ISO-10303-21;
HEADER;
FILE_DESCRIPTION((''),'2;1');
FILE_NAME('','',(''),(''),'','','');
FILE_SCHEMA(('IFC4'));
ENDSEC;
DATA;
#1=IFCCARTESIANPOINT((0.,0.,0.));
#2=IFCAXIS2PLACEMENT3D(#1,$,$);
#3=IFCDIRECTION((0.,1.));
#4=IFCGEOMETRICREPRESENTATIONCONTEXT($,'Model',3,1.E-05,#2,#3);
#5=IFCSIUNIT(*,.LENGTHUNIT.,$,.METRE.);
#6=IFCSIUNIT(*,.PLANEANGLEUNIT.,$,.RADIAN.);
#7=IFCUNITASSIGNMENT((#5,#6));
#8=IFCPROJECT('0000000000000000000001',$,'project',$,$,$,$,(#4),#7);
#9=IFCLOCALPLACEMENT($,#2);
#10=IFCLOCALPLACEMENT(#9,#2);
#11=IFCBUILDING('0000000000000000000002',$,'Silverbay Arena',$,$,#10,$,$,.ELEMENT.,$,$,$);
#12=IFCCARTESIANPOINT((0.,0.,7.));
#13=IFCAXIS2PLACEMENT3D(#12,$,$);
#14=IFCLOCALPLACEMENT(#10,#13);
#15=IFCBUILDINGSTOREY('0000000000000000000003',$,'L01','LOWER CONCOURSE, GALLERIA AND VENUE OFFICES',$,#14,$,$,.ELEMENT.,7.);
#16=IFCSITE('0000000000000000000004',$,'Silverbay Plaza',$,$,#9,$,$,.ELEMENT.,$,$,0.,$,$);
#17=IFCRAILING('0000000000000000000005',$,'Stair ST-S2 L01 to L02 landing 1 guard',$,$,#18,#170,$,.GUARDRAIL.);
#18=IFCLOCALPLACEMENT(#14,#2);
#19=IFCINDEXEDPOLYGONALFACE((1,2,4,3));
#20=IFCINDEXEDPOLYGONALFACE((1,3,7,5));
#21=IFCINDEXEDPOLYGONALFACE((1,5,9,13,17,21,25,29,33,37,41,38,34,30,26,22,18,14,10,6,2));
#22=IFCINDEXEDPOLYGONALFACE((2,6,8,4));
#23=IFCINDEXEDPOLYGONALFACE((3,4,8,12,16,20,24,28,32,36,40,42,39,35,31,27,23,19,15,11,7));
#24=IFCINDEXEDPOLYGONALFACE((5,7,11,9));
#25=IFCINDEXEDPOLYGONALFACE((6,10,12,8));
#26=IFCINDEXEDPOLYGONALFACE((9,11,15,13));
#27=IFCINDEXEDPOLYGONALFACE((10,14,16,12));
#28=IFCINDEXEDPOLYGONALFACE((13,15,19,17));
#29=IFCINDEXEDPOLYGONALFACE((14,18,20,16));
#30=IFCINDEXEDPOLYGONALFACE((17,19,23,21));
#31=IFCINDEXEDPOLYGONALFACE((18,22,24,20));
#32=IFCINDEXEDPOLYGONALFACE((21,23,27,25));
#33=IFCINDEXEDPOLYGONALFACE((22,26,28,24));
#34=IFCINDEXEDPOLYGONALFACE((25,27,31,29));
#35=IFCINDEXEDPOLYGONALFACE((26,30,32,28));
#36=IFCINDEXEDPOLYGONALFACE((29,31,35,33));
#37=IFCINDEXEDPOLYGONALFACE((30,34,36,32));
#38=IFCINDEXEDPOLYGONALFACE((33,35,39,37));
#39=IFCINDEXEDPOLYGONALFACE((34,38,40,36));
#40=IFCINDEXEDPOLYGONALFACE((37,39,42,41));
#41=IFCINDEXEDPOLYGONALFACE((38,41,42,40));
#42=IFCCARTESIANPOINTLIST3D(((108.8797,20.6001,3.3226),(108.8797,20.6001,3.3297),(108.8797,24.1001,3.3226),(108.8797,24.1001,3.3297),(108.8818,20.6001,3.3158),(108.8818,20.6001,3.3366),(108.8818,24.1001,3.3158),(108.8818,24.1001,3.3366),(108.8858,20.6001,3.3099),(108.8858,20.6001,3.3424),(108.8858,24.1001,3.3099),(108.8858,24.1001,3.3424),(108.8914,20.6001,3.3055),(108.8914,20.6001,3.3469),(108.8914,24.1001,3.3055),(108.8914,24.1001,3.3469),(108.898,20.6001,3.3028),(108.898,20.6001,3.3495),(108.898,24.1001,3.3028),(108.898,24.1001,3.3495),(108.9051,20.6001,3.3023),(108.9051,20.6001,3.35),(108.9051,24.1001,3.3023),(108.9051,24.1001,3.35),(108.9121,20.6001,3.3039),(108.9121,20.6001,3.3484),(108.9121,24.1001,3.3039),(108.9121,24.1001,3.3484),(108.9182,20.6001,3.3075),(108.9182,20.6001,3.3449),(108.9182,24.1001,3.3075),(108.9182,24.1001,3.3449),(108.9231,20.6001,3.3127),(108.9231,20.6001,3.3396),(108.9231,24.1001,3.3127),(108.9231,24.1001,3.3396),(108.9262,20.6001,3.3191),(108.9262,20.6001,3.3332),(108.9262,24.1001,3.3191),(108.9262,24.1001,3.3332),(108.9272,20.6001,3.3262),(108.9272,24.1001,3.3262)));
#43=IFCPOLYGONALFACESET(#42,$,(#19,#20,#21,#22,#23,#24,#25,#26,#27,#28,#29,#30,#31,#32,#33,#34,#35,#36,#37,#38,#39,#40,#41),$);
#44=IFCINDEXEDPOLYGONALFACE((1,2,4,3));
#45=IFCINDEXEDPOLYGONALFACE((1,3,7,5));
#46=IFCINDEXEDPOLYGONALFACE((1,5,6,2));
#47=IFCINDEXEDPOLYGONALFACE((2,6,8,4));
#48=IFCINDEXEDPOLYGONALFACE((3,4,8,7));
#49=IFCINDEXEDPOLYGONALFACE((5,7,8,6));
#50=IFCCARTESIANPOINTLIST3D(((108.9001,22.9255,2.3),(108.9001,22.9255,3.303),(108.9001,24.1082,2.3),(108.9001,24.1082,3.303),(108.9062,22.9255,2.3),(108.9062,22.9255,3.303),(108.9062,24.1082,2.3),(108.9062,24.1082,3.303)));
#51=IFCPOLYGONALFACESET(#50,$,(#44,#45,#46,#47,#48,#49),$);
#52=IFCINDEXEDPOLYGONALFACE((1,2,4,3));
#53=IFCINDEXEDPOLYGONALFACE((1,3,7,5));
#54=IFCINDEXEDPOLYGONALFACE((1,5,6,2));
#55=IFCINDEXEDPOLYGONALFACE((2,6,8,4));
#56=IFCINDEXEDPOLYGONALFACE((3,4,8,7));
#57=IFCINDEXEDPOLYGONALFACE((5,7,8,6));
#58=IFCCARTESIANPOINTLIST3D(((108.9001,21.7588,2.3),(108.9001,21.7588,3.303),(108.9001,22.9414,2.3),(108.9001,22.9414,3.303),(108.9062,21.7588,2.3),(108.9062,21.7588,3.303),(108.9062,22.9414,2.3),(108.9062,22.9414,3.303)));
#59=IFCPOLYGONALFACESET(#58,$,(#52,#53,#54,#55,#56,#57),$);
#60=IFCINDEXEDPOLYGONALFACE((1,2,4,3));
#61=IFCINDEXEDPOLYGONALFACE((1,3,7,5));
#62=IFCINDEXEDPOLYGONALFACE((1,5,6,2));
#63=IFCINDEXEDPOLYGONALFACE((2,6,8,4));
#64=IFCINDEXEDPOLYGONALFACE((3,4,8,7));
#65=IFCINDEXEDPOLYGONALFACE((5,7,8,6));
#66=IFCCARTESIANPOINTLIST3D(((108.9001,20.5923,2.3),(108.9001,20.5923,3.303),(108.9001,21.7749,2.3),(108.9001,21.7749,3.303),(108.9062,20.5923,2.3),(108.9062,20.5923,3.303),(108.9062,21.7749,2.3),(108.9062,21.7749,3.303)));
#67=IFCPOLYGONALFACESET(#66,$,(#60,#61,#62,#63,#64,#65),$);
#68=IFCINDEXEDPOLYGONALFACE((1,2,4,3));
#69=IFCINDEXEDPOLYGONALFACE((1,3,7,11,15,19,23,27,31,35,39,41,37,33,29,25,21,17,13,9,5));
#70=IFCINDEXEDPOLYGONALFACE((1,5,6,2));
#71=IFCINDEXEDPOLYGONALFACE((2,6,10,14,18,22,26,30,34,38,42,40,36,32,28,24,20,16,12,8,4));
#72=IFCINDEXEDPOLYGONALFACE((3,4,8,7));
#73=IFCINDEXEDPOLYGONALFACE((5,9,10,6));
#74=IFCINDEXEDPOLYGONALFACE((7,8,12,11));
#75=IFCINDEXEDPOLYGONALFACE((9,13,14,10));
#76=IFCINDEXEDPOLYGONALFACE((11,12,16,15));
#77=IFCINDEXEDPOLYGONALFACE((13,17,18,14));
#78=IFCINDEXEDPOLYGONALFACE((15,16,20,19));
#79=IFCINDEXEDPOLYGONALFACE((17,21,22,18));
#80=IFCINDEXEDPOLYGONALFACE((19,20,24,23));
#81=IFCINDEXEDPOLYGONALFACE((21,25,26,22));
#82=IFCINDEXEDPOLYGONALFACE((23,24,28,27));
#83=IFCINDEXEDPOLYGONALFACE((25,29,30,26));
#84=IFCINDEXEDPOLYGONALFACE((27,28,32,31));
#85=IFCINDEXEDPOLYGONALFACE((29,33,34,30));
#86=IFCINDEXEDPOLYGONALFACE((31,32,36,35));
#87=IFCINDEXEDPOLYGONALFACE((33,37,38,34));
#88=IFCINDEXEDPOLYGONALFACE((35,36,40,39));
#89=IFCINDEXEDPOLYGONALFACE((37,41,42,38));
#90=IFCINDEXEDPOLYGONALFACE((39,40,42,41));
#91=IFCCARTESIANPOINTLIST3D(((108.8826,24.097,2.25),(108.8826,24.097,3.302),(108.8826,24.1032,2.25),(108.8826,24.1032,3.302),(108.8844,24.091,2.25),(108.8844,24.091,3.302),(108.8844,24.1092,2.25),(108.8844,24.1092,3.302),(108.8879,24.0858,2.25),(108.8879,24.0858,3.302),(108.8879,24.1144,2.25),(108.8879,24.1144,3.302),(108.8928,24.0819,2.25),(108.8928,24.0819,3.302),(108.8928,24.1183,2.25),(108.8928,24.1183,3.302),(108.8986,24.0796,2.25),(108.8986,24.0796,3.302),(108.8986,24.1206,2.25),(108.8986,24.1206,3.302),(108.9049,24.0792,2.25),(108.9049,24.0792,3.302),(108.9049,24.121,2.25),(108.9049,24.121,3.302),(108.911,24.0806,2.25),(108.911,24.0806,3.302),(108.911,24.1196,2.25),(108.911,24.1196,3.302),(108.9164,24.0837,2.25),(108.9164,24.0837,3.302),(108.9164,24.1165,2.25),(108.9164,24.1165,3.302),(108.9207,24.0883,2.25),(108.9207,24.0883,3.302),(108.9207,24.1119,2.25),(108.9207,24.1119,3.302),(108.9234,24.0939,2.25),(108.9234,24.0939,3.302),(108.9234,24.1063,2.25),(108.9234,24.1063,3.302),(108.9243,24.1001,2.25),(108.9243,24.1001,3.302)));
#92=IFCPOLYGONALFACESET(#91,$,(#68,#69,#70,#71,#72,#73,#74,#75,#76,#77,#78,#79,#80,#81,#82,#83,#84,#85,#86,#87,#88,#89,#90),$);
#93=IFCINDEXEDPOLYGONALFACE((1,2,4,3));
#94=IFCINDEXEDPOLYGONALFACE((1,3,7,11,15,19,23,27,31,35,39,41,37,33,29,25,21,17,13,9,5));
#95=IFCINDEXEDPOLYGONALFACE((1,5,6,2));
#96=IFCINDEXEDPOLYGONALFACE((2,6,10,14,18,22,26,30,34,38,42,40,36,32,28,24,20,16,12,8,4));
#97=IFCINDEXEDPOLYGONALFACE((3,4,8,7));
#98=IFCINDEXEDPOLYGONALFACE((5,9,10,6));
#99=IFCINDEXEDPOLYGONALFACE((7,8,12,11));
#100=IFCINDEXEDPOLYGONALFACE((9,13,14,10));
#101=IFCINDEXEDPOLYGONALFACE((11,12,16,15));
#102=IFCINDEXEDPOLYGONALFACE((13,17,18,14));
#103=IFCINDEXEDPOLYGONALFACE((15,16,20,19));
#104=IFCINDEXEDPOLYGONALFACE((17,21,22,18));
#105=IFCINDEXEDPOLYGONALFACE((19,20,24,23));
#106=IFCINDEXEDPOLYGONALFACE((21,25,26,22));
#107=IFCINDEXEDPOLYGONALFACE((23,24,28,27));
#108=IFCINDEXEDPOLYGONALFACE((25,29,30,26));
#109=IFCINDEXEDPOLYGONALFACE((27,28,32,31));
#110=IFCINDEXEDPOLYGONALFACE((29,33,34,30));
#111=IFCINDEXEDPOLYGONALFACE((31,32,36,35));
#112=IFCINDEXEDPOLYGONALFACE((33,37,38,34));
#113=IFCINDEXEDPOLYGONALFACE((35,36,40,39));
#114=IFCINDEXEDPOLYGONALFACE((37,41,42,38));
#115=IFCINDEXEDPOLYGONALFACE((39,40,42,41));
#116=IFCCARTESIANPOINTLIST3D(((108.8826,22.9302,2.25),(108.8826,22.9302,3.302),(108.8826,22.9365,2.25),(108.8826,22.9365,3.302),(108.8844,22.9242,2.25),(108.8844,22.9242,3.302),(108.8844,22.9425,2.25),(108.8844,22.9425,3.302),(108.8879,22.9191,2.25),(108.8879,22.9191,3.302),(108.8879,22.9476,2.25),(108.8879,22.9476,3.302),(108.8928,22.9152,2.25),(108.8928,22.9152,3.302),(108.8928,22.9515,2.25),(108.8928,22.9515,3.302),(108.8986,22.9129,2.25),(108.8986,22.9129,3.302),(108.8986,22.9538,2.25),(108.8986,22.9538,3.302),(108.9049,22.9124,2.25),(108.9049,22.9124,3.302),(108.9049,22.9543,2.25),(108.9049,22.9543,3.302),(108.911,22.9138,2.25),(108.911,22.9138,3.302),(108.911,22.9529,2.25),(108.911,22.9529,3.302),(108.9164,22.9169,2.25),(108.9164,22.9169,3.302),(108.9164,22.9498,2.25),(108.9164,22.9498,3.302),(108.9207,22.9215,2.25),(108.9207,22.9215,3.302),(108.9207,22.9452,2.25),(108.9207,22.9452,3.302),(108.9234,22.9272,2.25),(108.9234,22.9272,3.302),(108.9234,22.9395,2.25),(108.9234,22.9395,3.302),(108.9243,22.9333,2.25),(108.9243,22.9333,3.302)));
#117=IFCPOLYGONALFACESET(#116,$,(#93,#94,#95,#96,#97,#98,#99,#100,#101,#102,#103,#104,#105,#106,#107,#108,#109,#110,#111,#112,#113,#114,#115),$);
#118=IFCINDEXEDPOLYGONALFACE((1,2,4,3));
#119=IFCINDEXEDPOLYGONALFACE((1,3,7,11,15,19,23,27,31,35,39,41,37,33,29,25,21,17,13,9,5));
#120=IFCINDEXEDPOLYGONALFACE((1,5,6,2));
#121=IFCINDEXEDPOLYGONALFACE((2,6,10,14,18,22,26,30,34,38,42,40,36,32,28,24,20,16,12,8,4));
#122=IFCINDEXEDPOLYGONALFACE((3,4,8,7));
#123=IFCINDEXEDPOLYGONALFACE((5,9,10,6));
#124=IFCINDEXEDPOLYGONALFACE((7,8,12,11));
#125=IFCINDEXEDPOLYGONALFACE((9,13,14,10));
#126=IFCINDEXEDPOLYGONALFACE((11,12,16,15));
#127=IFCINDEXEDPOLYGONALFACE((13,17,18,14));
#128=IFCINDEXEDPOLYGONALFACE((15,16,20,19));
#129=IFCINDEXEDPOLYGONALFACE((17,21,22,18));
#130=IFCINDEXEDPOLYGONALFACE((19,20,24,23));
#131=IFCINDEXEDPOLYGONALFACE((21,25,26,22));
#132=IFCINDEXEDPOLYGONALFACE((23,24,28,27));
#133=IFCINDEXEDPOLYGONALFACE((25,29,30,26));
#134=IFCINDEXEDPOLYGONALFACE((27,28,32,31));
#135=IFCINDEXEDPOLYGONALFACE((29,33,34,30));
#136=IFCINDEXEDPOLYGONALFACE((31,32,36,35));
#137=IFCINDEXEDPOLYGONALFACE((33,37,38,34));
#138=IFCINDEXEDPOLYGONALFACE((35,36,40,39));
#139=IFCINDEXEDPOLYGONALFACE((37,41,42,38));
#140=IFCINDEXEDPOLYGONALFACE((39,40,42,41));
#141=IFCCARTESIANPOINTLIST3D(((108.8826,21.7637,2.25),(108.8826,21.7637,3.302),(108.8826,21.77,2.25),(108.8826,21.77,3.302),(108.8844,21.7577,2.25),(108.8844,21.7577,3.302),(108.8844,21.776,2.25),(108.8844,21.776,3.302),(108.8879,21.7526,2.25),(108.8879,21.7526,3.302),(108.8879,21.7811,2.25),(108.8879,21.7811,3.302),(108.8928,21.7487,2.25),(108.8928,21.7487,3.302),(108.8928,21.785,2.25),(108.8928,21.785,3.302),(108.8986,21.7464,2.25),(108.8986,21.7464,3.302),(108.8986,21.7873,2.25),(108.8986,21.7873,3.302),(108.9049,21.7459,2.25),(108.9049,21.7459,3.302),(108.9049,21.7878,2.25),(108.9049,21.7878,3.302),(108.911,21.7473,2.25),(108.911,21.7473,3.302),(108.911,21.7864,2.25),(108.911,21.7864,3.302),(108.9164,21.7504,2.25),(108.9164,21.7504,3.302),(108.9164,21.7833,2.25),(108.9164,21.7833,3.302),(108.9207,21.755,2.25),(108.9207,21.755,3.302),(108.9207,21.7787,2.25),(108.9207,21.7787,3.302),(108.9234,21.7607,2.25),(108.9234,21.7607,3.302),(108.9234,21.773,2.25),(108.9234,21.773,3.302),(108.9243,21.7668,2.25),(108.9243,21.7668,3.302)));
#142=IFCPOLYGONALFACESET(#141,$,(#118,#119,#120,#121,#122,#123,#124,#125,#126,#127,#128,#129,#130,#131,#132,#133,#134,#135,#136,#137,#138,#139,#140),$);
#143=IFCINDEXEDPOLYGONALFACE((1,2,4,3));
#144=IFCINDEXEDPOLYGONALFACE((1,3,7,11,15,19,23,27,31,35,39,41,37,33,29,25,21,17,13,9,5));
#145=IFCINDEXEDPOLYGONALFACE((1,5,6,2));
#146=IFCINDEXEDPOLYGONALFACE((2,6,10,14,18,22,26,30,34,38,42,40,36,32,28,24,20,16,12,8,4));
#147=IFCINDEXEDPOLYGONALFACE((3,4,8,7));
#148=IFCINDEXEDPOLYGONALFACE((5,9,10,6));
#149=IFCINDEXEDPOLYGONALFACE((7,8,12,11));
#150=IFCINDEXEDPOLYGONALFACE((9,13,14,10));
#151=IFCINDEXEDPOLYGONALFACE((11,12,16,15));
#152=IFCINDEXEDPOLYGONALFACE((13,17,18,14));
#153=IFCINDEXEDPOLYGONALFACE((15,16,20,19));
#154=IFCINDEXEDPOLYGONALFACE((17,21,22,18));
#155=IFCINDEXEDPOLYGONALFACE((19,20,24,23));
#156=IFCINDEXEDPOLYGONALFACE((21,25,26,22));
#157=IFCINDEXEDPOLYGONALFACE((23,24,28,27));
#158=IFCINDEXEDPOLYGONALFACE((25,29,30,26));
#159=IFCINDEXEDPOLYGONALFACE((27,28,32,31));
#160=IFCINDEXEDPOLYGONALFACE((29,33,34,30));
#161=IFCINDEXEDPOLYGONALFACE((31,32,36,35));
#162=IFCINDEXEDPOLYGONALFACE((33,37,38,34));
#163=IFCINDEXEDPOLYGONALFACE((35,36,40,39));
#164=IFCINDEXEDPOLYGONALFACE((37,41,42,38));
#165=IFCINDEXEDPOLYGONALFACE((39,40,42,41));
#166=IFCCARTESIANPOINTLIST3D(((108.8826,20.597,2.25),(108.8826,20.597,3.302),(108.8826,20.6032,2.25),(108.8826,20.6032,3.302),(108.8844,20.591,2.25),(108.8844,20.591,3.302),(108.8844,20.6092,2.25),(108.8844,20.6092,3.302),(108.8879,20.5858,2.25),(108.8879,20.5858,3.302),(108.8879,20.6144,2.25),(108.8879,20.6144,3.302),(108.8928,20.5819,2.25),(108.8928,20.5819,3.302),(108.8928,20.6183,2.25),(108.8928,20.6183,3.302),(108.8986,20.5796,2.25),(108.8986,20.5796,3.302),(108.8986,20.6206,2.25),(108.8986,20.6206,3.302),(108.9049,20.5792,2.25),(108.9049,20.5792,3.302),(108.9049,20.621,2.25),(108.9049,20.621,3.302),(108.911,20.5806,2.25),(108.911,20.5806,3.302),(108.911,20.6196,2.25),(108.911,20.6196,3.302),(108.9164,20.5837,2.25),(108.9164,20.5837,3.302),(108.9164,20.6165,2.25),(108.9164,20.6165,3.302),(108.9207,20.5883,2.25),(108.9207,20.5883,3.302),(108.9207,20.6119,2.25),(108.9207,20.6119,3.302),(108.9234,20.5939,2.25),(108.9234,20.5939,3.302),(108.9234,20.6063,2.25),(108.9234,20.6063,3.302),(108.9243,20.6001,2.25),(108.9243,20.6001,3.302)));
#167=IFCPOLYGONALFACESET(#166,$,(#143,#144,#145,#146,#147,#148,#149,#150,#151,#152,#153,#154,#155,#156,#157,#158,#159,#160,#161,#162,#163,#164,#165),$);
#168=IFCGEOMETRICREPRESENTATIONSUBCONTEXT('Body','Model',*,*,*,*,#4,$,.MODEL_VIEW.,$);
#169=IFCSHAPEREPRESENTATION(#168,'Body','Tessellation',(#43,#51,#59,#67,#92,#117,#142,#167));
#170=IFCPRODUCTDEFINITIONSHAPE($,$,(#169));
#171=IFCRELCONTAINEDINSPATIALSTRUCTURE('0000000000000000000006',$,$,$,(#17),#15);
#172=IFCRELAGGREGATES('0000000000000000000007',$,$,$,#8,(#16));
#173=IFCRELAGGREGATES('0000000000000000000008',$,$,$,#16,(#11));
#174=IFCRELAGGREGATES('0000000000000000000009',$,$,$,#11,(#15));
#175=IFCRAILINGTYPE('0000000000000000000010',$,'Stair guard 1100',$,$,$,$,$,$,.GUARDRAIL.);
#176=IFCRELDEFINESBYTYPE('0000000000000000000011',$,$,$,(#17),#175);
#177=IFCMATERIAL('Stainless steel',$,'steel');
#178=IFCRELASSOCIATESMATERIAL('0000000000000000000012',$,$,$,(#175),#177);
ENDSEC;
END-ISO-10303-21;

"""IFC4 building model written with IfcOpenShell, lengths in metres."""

from ifc_helpers import new_model, si_unit, direction, frame, origin, origin_2d, place, context, subcontext, project, spatial, polyline, circle, outline, extrude, material, type_object, element, save


model = new_model("IFC4")

# Units and contexts
model_context = context("Model", 3, precision=1e-05, world=origin(), true_north=direction((0.0, 1.0)))
body_context = subcontext(model_context, "Body", "Model", "MODEL_VIEW")
ifc_project = project(units=[si_unit("LENGTHUNIT", "METRE"), si_unit("PLANEANGLEUNIT", "RADIAN")], contexts=[model_context])

# Site, building, storey
site_placement = place(None, origin())
site = spatial("IfcSite", under=ifc_project, at=site_placement, Name="Silverbay Plaza", CompositionType="ELEMENT", RefElevation=0.0)
building_placement = place(site_placement, origin())
building = spatial("IfcBuilding", under=site, at=building_placement, Name="Silverbay Arena", CompositionType="ELEMENT")
storey_placement = place(building_placement, frame((0.0, 0.0, 7.0)))
storey = spatial("IfcBuildingStorey", under=building, at=storey_placement, Name="L01", Description="LOWER CONCOURSE, GALLERIA AND VENUE OFFICES", CompositionType="ELEMENT", Elevation=7.0)

# Railing
ifc_material_1 = material(Name="Stainless steel", Category="steel")
railing_type_1 = type_object("IfcRailingType", Name="Stair guard 1100", PredefinedType="GUARDRAIL", material=ifc_material_1)
for number, where, name in (
    (1, (108.9033, 24.1001, 2.25), "Stair ST-S2 L01 to L02 landing 1 guard"),
):
    element("IfcRailing", number, at=place(storey_placement, frame(where)), inside=storey, type_object=railing_type_1, Name=name, PredefinedType="GUARDRAIL", context=body_context, shape_type="SweptSolid", body=[
        extrude(circle(Radius=0.0239, at=origin_2d()), frame((0.0, 0.0, 1.0762), z_axis=(0.0, -1.0, 0.0), x_axis=(1.0, 0.0, 0.0)), (0.0, 0.0, 1.0), 3.5),
        extrude(outline(polyline([(-0.0081, 0.05), (1.1746, 0.05), (1.1746, 1.053), (-0.0081, 1.053), (-0.0081, 0.05)])), frame((0.0029, 0.0, 0.0), z_axis=(-1.0, 0.0, 0.0), x_axis=(0.0, -1.0, 0.0)), (0.0, 0.0, 1.0), 0.0061),
        extrude(outline(polyline([(-0.0081, 0.05), (1.1746, 0.05), (1.1746, 1.053), (-0.0081, 1.053), (-0.0081, 0.05)])), frame((0.0029, -1.1667, 0.0), z_axis=(-1.0, 0.0, 0.0), x_axis=(0.0, -1.0, 0.0)), (0.0, 0.0, 1.0), 0.0061),
        extrude(outline(polyline([(-0.0081, 0.05), (1.1746, 0.05), (1.1746, 1.053), (-0.0081, 1.053), (-0.0081, 0.05)])), frame((0.0029, -2.3333, 0.0), z_axis=(-1.0, 0.0, 0.0), x_axis=(0.0, -1.0, 0.0)), (0.0, 0.0, 1.0), 0.0061),
        extrude(circle(Radius=0.021, at=origin_2d()), origin(), (0.0, 0.0, 1.0), 1.052),
        extrude(circle(Radius=0.021, at=origin_2d()), frame((0.0, -1.1667, 0.0)), (0.0, 0.0, 1.0), 1.052),
        extrude(circle(Radius=0.021, at=origin_2d()), frame((0.0, -2.3333, 0.0)), (0.0, 0.0, 1.0), 1.052),
        extrude(circle(Radius=0.021, at=origin_2d()), frame((0.0, -3.5, 0.0)), (0.0, 0.0, 1.0), 1.052),
    ])

save(model, "model.ifc")
